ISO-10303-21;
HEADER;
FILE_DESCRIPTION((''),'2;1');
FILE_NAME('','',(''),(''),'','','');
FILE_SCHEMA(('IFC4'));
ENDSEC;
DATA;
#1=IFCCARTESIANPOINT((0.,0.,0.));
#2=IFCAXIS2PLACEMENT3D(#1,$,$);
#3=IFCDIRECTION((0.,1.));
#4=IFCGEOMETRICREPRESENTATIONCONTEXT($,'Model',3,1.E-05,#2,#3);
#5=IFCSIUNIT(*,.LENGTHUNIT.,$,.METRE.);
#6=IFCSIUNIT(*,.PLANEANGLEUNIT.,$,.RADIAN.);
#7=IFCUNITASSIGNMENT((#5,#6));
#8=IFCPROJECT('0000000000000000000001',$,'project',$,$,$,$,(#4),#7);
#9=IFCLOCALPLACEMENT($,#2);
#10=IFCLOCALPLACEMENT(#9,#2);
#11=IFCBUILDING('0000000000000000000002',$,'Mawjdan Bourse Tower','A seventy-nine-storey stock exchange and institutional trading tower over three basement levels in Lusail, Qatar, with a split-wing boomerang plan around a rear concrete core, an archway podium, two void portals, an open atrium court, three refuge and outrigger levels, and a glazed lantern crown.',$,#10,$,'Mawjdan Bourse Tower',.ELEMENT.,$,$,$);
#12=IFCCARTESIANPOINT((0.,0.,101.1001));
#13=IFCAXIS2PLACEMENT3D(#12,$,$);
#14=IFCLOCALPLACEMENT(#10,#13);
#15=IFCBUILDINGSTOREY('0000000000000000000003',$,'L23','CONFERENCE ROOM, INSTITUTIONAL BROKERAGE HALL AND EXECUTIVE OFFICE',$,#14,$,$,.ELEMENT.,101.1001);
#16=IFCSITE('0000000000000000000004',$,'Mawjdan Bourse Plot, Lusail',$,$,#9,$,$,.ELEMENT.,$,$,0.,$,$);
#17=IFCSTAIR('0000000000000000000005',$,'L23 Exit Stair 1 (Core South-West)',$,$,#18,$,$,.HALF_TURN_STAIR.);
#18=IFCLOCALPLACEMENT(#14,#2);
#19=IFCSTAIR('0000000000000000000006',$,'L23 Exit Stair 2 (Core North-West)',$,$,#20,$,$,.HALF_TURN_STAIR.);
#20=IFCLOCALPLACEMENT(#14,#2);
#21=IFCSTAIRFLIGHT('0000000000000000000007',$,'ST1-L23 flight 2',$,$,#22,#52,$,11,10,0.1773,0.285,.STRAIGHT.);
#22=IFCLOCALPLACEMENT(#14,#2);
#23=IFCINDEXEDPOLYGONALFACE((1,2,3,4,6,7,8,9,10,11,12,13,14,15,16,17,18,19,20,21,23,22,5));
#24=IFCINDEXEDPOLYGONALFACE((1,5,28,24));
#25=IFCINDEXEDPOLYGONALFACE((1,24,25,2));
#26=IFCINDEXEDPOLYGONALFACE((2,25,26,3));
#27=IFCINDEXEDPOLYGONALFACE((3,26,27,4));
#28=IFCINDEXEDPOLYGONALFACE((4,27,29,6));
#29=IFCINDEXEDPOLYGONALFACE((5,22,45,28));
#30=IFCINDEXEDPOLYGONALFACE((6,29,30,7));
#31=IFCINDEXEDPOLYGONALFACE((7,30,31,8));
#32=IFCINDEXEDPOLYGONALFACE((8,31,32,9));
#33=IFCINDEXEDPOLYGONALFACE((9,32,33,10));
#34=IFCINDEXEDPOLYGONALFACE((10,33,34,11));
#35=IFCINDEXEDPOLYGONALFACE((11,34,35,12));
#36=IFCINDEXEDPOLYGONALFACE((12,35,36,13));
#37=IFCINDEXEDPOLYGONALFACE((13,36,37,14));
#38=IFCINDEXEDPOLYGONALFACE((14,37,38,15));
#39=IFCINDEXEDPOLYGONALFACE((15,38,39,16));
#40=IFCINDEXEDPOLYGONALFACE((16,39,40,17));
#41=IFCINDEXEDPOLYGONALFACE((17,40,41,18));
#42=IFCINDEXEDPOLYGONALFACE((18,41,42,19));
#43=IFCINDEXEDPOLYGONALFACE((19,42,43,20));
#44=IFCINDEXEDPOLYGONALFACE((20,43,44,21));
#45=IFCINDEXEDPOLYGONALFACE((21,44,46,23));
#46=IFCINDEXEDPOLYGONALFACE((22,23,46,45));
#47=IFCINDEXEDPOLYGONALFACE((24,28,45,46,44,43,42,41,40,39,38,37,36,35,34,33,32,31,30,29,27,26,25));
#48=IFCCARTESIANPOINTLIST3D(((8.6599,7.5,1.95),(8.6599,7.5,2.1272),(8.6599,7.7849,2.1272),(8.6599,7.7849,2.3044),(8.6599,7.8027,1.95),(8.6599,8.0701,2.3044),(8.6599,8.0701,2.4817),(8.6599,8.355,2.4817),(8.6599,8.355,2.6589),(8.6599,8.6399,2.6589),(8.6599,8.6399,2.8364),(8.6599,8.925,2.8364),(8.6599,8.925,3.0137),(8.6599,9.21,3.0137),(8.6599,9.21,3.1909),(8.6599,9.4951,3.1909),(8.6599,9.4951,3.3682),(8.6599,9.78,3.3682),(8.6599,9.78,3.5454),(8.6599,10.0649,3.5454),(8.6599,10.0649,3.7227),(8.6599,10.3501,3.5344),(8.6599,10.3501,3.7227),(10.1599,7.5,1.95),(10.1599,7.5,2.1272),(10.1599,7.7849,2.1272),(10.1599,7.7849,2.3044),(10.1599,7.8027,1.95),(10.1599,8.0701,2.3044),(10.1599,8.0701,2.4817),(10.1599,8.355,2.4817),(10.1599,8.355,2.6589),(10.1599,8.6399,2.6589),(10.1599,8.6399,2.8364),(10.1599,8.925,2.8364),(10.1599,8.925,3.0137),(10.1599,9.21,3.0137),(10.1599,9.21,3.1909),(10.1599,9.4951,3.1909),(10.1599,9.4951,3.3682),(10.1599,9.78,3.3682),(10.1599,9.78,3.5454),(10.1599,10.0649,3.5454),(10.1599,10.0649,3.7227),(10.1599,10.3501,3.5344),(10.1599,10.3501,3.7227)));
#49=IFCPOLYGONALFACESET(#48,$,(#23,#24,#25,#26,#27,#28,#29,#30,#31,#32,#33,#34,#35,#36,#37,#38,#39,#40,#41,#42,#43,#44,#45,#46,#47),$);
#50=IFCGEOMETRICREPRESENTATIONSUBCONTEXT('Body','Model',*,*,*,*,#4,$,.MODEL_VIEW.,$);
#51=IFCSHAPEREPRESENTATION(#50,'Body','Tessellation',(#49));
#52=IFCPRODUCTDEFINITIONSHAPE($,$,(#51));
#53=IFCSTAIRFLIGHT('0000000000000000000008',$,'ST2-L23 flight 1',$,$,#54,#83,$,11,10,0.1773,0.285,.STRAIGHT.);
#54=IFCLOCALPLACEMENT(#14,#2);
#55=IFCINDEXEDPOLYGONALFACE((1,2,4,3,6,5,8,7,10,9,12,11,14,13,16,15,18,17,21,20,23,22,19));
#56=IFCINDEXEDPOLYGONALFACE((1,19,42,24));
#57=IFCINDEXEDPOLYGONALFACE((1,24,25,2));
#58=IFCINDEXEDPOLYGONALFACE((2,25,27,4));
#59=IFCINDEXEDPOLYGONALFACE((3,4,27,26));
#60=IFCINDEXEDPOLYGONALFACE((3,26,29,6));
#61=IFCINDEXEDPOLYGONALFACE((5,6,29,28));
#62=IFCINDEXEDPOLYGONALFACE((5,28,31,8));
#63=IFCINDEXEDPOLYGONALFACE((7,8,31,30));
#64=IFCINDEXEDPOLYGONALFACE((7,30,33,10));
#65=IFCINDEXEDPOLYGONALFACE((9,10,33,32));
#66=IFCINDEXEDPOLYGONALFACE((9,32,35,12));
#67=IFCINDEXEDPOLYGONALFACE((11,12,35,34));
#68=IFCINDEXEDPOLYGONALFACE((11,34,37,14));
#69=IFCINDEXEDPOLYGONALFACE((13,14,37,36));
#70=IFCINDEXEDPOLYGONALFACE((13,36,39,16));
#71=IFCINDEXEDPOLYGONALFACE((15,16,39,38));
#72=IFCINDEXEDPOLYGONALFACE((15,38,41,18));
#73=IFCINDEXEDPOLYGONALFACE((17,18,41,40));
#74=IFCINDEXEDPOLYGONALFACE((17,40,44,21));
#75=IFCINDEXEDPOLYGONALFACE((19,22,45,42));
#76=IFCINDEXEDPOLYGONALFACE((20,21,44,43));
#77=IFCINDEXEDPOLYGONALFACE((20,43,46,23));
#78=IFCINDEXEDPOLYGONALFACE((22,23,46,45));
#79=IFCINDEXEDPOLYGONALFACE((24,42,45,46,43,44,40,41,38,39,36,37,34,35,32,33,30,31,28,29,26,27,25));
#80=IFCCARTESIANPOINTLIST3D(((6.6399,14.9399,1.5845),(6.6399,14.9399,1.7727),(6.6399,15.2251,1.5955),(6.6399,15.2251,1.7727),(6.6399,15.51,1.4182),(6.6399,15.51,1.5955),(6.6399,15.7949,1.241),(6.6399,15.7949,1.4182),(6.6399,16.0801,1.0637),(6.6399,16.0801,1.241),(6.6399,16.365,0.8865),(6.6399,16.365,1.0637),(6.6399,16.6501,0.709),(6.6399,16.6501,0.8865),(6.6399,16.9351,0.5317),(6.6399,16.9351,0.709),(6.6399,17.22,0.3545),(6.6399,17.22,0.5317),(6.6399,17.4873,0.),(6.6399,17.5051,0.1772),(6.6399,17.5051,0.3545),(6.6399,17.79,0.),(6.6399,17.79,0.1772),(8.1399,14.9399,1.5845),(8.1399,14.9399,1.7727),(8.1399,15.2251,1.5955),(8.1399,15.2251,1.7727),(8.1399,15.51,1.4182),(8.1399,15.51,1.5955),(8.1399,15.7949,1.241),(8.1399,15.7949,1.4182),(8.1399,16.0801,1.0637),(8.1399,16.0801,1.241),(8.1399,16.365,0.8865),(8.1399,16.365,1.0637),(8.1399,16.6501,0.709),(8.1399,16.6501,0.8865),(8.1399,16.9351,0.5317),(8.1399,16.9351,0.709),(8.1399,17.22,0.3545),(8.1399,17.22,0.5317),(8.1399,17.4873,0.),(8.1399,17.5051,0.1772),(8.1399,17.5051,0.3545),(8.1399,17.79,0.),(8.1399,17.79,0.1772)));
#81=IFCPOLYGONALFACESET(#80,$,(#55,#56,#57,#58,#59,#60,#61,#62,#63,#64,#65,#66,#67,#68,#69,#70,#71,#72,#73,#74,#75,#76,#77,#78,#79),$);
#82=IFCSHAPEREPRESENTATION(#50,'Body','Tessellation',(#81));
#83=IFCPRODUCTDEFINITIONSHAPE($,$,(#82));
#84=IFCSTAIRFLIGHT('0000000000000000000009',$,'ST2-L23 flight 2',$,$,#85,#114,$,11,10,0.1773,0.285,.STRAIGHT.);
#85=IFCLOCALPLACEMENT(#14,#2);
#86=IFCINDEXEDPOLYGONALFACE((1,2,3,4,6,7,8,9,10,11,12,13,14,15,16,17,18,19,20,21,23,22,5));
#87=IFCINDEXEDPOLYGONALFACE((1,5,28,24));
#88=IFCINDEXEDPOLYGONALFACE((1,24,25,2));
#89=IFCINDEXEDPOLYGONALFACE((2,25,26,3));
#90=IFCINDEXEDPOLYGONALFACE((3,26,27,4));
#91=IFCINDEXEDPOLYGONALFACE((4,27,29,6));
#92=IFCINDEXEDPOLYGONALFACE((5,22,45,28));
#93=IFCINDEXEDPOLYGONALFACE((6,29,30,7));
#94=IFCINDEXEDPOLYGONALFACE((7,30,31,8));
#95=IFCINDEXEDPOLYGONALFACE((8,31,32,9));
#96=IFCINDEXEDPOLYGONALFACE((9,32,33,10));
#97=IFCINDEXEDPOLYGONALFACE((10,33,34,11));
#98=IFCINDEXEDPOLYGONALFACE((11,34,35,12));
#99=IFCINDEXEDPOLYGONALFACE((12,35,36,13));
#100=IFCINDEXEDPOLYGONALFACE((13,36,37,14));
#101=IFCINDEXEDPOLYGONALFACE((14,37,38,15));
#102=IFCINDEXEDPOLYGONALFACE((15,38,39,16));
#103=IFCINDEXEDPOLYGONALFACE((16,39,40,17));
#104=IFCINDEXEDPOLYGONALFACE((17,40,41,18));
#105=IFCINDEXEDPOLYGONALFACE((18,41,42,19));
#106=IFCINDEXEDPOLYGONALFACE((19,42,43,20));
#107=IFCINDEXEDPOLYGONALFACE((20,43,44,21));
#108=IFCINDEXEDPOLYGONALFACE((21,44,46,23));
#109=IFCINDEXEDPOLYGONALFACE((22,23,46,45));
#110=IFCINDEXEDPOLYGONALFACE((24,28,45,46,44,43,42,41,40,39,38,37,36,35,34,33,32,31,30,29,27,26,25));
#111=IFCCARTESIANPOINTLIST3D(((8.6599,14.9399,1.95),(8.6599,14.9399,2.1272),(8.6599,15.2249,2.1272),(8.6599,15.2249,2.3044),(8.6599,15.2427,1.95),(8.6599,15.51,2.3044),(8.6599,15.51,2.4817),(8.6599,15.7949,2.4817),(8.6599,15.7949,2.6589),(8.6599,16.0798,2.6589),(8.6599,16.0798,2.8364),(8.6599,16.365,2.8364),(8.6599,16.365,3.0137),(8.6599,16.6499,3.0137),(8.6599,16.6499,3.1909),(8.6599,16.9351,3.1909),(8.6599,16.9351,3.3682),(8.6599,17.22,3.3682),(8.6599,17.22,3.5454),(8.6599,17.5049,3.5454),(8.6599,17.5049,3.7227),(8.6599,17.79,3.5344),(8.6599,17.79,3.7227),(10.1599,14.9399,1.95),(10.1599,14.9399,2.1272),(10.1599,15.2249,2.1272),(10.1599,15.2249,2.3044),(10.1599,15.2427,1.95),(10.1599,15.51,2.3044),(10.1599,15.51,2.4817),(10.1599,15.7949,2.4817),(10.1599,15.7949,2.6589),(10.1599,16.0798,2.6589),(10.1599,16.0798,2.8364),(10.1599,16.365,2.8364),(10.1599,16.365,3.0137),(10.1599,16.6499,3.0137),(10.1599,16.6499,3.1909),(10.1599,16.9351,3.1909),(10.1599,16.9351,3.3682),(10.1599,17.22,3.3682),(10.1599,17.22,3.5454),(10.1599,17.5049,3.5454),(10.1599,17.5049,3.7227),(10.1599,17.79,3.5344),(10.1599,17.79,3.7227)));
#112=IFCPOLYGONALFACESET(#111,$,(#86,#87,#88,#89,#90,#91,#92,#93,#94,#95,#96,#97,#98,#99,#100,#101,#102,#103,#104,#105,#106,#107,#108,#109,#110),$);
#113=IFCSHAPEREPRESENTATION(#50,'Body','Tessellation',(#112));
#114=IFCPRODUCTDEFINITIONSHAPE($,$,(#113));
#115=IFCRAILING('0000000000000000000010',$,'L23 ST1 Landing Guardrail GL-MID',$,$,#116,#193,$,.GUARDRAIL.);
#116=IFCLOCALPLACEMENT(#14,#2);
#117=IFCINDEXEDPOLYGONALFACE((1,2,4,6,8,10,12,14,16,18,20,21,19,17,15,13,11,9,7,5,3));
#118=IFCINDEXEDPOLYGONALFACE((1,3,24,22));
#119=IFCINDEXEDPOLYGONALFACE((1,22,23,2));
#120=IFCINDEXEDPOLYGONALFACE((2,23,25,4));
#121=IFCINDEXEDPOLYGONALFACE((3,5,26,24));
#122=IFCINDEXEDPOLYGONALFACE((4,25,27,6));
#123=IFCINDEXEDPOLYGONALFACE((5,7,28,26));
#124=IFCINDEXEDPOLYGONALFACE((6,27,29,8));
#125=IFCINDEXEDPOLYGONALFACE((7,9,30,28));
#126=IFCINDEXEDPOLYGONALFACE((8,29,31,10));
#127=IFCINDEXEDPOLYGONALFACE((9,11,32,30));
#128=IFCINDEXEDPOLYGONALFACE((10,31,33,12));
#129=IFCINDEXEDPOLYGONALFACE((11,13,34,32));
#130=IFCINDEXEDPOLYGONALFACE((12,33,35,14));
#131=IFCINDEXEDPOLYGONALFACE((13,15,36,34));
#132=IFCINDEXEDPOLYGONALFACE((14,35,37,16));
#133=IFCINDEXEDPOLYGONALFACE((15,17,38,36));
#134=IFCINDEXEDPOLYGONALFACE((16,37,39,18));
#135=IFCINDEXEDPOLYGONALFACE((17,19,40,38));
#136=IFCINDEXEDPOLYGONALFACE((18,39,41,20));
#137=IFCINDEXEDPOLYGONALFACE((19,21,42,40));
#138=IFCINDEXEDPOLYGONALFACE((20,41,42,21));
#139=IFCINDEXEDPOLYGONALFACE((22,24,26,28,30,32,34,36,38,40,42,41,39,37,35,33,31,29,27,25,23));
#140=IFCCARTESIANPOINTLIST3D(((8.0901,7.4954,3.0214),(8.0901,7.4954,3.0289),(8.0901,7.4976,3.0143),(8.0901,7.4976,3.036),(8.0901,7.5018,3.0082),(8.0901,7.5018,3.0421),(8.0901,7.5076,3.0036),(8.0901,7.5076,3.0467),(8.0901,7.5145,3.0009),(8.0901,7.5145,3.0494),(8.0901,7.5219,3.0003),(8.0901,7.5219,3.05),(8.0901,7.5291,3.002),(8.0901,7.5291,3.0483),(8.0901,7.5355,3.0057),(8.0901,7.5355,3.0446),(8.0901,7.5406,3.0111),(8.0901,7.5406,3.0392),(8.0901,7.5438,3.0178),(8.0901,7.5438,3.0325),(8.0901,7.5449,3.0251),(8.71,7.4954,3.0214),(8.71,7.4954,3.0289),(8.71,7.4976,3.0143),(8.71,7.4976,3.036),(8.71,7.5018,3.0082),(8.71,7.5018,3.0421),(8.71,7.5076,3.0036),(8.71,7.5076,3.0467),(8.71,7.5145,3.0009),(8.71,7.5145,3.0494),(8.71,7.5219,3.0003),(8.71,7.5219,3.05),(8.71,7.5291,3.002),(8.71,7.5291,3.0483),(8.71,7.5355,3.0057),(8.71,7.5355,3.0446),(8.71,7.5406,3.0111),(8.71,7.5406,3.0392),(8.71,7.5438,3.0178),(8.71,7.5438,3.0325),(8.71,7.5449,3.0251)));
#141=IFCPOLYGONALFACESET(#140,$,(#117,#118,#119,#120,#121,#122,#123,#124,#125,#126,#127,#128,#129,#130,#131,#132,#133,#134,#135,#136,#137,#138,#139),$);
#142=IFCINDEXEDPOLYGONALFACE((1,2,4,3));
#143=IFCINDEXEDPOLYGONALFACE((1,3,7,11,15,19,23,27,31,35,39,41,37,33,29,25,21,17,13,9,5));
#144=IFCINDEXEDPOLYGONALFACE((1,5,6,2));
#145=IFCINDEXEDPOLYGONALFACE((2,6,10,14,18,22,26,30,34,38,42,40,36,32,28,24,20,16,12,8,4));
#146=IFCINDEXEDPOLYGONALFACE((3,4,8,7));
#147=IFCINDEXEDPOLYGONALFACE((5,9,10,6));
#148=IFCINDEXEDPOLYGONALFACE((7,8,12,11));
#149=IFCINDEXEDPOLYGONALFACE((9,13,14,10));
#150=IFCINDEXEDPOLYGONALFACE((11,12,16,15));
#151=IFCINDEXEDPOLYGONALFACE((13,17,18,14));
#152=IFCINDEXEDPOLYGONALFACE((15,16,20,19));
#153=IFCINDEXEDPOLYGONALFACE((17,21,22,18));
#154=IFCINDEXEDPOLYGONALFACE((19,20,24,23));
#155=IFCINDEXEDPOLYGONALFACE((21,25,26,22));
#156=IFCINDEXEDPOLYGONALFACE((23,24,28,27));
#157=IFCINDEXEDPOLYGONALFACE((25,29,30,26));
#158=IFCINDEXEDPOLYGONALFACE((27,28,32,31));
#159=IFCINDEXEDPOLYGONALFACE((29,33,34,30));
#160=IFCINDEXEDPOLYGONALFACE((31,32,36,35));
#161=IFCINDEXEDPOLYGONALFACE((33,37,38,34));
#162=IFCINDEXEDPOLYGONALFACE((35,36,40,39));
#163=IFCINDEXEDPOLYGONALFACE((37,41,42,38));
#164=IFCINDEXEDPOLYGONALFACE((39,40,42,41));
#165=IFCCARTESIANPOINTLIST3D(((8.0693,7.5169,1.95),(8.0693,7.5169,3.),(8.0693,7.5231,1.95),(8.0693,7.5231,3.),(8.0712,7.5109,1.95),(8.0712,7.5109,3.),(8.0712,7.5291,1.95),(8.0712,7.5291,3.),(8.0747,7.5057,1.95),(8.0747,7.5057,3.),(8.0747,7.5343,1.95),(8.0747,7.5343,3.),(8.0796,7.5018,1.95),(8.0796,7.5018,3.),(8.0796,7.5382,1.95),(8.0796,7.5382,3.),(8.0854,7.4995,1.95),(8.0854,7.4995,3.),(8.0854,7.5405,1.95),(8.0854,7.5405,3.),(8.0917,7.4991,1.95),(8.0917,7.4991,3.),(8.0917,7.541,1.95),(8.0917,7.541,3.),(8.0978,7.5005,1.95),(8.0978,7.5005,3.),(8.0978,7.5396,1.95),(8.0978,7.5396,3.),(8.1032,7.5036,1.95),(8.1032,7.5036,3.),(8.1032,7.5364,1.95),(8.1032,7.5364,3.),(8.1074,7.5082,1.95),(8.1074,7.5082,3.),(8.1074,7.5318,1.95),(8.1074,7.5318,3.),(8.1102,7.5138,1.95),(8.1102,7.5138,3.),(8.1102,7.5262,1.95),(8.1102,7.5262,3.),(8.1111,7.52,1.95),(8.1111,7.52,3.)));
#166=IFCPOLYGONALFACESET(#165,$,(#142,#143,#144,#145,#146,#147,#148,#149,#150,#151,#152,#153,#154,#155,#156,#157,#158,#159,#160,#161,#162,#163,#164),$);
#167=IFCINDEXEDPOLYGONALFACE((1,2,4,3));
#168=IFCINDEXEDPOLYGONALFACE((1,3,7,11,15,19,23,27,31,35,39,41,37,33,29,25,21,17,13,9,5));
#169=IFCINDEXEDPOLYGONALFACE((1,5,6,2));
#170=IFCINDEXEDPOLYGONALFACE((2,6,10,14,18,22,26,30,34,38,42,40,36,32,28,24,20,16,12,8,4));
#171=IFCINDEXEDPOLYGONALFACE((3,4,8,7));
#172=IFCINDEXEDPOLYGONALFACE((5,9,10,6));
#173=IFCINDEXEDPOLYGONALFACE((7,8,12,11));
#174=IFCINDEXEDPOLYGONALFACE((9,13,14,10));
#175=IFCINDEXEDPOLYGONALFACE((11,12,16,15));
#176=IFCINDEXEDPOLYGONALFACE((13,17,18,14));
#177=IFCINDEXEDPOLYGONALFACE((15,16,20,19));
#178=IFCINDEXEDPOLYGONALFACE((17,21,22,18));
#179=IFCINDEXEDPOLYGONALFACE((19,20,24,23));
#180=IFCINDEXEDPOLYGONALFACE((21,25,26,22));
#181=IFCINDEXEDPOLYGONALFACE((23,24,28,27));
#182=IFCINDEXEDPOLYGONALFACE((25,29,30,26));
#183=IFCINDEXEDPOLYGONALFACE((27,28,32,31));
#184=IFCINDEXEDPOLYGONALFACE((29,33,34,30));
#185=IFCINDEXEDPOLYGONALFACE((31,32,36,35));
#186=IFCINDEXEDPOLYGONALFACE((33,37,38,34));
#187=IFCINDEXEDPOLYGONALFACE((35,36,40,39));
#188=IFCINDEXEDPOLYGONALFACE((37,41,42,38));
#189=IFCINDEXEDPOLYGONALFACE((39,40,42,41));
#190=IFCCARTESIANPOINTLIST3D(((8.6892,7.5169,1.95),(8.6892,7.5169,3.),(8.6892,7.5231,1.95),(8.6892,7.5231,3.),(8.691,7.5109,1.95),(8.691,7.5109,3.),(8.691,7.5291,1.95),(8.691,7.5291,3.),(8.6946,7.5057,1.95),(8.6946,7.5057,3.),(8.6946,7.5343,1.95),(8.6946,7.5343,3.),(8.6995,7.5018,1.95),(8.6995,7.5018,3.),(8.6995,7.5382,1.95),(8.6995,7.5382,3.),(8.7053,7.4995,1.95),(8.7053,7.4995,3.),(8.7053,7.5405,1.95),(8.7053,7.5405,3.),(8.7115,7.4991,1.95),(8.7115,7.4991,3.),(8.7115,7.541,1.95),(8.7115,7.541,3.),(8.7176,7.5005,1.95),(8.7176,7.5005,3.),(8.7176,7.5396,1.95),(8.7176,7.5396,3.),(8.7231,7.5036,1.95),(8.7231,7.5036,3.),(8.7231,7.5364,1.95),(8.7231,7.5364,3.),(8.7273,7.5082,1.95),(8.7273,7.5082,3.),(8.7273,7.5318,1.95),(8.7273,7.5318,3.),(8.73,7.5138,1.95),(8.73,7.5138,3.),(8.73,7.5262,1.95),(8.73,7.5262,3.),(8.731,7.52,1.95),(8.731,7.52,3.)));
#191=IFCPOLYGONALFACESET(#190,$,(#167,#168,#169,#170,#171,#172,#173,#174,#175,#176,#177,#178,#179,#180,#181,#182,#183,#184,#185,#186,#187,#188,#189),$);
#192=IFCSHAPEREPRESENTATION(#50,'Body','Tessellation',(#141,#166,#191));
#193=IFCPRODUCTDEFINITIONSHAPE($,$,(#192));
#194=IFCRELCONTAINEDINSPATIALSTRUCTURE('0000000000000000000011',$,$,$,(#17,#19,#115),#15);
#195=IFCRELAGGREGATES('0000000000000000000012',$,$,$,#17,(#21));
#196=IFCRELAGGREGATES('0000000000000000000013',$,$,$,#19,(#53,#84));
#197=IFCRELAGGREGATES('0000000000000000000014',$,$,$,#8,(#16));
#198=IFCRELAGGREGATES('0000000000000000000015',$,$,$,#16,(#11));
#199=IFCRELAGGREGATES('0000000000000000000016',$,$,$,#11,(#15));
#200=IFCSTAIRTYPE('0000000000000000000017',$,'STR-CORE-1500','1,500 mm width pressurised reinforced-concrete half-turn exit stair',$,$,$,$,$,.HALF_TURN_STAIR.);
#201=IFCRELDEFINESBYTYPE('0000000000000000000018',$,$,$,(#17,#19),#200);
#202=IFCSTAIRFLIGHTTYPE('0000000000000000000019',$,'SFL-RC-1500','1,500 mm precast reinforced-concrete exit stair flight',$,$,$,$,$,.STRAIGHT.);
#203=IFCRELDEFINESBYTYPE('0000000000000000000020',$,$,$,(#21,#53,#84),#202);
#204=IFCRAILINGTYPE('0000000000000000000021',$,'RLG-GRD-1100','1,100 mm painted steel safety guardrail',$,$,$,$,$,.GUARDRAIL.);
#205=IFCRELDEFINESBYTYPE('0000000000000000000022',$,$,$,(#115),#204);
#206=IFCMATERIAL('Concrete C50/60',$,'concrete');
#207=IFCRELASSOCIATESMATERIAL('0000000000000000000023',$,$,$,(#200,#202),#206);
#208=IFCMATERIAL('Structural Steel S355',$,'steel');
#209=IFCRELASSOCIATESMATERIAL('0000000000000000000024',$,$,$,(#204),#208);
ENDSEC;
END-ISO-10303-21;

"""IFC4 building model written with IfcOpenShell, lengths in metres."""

from ifc_helpers import new_model, si_unit, direction, frame, origin, origin_2d, place, context, subcontext, project, spatial, polyline, circle, outline, extrude, material, type_object, element, aggregate, save


model = new_model("IFC4")

# Units and contexts
model_context = context("Model", 3, precision=1e-05, world=origin(), true_north=direction((0.0, 1.0)))
body_context = subcontext(model_context, "Body", "Model", "MODEL_VIEW")
ifc_project = project(units=[si_unit("LENGTHUNIT", "METRE"), si_unit("PLANEANGLEUNIT", "RADIAN")], contexts=[model_context])

# Site, building, storey
site_placement = place(None, origin())
site = spatial("IfcSite", under=ifc_project, at=site_placement, Name="Mawjdan Bourse Plot, Lusail", CompositionType="ELEMENT", RefElevation=0.0)
building_placement = place(site_placement, origin())
building = spatial("IfcBuilding", under=site, at=building_placement, Name="Mawjdan Bourse Tower", Description="A seventy-nine-storey stock exchange and institutional trading tower over three basement levels in Lusail, Qatar, with a split-wing boomerang plan around a rear concrete core, an archway podium, two void portals, an open atrium court, three refuge and outrigger levels, and a glazed lantern crown.", LongName="Mawjdan Bourse Tower", CompositionType="ELEMENT")
storey_placement = place(building_placement, frame((0.0, 0.0, 101.1001)))
storey = spatial("IfcBuildingStorey", under=building, at=storey_placement, Name="L23", Description="CONFERENCE ROOM, INSTITUTIONAL BROKERAGE HALL AND EXECUTIVE OFFICE", CompositionType="ELEMENT", Elevation=101.1001)

# Shared definitions
ifc_material_1 = material(Name="Structural Steel S355", Category="steel")

# Stairs
ifc_material_2 = material(Name="Concrete C50/60", Category="concrete")
stair_type = type_object("IfcStairType", Name="STR-CORE-1500", Description="1,500 mm width pressurised reinforced-concrete half-turn exit stair", PredefinedType="HALF_TURN_STAIR", material=ifc_material_2)
stair_1_placement = place(storey_placement, origin())
stair_1 = element("IfcStair", 1, at=stair_1_placement, inside=storey, type_object=stair_type, Name="L23 Exit Stair 1 (Core South-West)", PredefinedType="HALF_TURN_STAIR")
stair_2_placement = place(storey_placement, origin())
stair_2 = element("IfcStair", 2, at=stair_2_placement, inside=storey, type_object=stair_type, Name="L23 Exit Stair 2 (Core North-West)", PredefinedType="HALF_TURN_STAIR")

# Stair flights
stair_flight_type = type_object("IfcStairFlightType", Name="SFL-RC-1500", Description="1,500 mm precast reinforced-concrete exit stair flight", PredefinedType="STRAIGHT", material=ifc_material_2)
stair_flight_1_placement = place(storey_placement, frame((9.4099, 7.5, 1.95), z_axis=(0.0, 0.0, 1.0), x_axis=(0.0, 1.0, 0.0)))
stair_flight_1 = element("IfcStairFlight", 3, at=stair_flight_1_placement, type_object=stair_flight_type, Name="ST1-L23 flight 2", NumberOfRisers=11, NumberOfTreads=10, PredefinedType="STRAIGHT", RiserHeight=0.1773, TreadLength=0.285, context=body_context, shape_type="SweptSolid", body=[
    extrude(outline(polyline([(0.0, 0.0), (0.0, 0.1772), (0.2849, 0.1772), (0.2849, 0.3545), (0.5701, 0.3545), (0.5701, 0.5317), (0.855, 0.5317), (0.855, 0.709), (1.1399, 0.709), (1.1399, 0.8865), (1.425, 0.8865), (1.425, 1.0637), (1.71, 1.0637), (1.71, 1.241), (1.9951, 1.241), (1.9951, 1.4182), (2.28, 1.4182), (2.28, 1.5955), (2.5649, 1.5955), (2.5649, 1.7727), (2.8501, 1.7727), (2.8501, 1.95), (2.8501, 1.5845), (0.3027, 0.0), (0.0, 0.0)])), frame((0.0, 0.75, 0.0), z_axis=(0.0, -1.0, 0.0), x_axis=(1.0, 0.0, 0.0)), (0.0, 0.0, 1.0), 1.5),
])
aggregate(stair_1, [stair_flight_1])
stair_flight_2_placement = place(storey_placement, frame((7.3899, 17.79, 0.0), z_axis=(0.0, 0.0, 1.0), x_axis=(0.0, -1.0, 0.0)))
stair_flight_2 = element("IfcStairFlight", 4, at=stair_flight_2_placement, type_object=stair_flight_type, Name="ST2-L23 flight 1", NumberOfRisers=11, NumberOfTreads=10, PredefinedType="STRAIGHT", RiserHeight=0.1773, TreadLength=0.285, context=body_context, shape_type="SweptSolid", body=[
    extrude(outline(polyline([(0.0, 0.0), (0.0, 0.1772), (0.2849, 0.1772), (0.2849, 0.3545), (0.5701, 0.3545), (0.5701, 0.5317), (0.855, 0.5317), (0.855, 0.709), (1.1399, 0.709), (1.1399, 0.8865), (1.425, 0.8865), (1.425, 1.0637), (1.71, 1.0637), (1.71, 1.241), (1.9951, 1.241), (1.9951, 1.4182), (2.28, 1.4182), (2.28, 1.5955), (2.5649, 1.5955), (2.5649, 1.7727), (2.8501, 1.7727), (2.8501, 1.95), (2.8501, 1.5845), (0.3027, 0.0), (0.0, 0.0)])), frame((0.0, 0.75, 0.0), z_axis=(0.0, -1.0, 0.0), x_axis=(1.0, 0.0, 0.0)), (0.0, 0.0, 1.0), 1.5),
])
stair_flight_3_placement = place(storey_placement, frame((9.4099, 14.9399, 1.95), z_axis=(0.0, 0.0, 1.0), x_axis=(0.0, 1.0, 0.0)))
stair_flight_3 = element("IfcStairFlight", 5, at=stair_flight_3_placement, type_object=stair_flight_type, Name="ST2-L23 flight 2", NumberOfRisers=11, NumberOfTreads=10, PredefinedType="STRAIGHT", RiserHeight=0.1773, TreadLength=0.285, context=body_context, shape_type="SweptSolid", body=[
    extrude(outline(polyline([(0.0, 0.0), (0.0, 0.1772), (0.2849, 0.1772), (0.2849, 0.3545), (0.5701, 0.3545), (0.5701, 0.5317), (0.855, 0.5317), (0.855, 0.709), (1.1399, 0.709), (1.1399, 0.8865), (1.425, 0.8865), (1.425, 1.0637), (1.71, 1.0637), (1.71, 1.241), (1.9951, 1.241), (1.9951, 1.4182), (2.28, 1.4182), (2.28, 1.5955), (2.5649, 1.5955), (2.5649, 1.7727), (2.8501, 1.7727), (2.8501, 1.95), (2.8501, 1.5845), (0.3027, 0.0), (0.0, 0.0)])), frame((0.0, 0.75, 0.0), z_axis=(0.0, -1.0, 0.0), x_axis=(1.0, 0.0, 0.0)), (0.0, 0.0, 1.0), 1.5),
])
aggregate(stair_2, [stair_flight_2, stair_flight_3])

# Railing
railing_type_1 = type_object("IfcRailingType", Name="RLG-GRD-1100", Description="1,100 mm painted steel safety guardrail", PredefinedType="GUARDRAIL", material=ifc_material_1)
for number, where, name in (
    (6, (8.0901, 7.52, 1.95), "L23 ST1 Landing Guardrail GL-MID"),
):
    element("IfcRailing", number, at=place(storey_placement, frame(where)), inside=storey, type_object=railing_type_1, Name=name, PredefinedType="GUARDRAIL", context=body_context, shape_type="SweptSolid", body=[
        extrude(circle(Radius=0.0249, at=origin_2d()), frame((0.0, 0.0, 1.0752), z_axis=(1.0, 0.0, 0.0), x_axis=(0.0, 1.0, 0.0)), (0.0, 0.0, 1.0), 0.6199),
        extrude(circle(Radius=0.021, at=origin_2d()), origin(), (0.0, 0.0, 1.0), 1.05),
        extrude(circle(Radius=0.021, at=origin_2d()), frame((0.6199, 0.0, 0.0)), (0.0, 0.0, 1.0), 1.05),
    ])

save(model, "model.ifc")
